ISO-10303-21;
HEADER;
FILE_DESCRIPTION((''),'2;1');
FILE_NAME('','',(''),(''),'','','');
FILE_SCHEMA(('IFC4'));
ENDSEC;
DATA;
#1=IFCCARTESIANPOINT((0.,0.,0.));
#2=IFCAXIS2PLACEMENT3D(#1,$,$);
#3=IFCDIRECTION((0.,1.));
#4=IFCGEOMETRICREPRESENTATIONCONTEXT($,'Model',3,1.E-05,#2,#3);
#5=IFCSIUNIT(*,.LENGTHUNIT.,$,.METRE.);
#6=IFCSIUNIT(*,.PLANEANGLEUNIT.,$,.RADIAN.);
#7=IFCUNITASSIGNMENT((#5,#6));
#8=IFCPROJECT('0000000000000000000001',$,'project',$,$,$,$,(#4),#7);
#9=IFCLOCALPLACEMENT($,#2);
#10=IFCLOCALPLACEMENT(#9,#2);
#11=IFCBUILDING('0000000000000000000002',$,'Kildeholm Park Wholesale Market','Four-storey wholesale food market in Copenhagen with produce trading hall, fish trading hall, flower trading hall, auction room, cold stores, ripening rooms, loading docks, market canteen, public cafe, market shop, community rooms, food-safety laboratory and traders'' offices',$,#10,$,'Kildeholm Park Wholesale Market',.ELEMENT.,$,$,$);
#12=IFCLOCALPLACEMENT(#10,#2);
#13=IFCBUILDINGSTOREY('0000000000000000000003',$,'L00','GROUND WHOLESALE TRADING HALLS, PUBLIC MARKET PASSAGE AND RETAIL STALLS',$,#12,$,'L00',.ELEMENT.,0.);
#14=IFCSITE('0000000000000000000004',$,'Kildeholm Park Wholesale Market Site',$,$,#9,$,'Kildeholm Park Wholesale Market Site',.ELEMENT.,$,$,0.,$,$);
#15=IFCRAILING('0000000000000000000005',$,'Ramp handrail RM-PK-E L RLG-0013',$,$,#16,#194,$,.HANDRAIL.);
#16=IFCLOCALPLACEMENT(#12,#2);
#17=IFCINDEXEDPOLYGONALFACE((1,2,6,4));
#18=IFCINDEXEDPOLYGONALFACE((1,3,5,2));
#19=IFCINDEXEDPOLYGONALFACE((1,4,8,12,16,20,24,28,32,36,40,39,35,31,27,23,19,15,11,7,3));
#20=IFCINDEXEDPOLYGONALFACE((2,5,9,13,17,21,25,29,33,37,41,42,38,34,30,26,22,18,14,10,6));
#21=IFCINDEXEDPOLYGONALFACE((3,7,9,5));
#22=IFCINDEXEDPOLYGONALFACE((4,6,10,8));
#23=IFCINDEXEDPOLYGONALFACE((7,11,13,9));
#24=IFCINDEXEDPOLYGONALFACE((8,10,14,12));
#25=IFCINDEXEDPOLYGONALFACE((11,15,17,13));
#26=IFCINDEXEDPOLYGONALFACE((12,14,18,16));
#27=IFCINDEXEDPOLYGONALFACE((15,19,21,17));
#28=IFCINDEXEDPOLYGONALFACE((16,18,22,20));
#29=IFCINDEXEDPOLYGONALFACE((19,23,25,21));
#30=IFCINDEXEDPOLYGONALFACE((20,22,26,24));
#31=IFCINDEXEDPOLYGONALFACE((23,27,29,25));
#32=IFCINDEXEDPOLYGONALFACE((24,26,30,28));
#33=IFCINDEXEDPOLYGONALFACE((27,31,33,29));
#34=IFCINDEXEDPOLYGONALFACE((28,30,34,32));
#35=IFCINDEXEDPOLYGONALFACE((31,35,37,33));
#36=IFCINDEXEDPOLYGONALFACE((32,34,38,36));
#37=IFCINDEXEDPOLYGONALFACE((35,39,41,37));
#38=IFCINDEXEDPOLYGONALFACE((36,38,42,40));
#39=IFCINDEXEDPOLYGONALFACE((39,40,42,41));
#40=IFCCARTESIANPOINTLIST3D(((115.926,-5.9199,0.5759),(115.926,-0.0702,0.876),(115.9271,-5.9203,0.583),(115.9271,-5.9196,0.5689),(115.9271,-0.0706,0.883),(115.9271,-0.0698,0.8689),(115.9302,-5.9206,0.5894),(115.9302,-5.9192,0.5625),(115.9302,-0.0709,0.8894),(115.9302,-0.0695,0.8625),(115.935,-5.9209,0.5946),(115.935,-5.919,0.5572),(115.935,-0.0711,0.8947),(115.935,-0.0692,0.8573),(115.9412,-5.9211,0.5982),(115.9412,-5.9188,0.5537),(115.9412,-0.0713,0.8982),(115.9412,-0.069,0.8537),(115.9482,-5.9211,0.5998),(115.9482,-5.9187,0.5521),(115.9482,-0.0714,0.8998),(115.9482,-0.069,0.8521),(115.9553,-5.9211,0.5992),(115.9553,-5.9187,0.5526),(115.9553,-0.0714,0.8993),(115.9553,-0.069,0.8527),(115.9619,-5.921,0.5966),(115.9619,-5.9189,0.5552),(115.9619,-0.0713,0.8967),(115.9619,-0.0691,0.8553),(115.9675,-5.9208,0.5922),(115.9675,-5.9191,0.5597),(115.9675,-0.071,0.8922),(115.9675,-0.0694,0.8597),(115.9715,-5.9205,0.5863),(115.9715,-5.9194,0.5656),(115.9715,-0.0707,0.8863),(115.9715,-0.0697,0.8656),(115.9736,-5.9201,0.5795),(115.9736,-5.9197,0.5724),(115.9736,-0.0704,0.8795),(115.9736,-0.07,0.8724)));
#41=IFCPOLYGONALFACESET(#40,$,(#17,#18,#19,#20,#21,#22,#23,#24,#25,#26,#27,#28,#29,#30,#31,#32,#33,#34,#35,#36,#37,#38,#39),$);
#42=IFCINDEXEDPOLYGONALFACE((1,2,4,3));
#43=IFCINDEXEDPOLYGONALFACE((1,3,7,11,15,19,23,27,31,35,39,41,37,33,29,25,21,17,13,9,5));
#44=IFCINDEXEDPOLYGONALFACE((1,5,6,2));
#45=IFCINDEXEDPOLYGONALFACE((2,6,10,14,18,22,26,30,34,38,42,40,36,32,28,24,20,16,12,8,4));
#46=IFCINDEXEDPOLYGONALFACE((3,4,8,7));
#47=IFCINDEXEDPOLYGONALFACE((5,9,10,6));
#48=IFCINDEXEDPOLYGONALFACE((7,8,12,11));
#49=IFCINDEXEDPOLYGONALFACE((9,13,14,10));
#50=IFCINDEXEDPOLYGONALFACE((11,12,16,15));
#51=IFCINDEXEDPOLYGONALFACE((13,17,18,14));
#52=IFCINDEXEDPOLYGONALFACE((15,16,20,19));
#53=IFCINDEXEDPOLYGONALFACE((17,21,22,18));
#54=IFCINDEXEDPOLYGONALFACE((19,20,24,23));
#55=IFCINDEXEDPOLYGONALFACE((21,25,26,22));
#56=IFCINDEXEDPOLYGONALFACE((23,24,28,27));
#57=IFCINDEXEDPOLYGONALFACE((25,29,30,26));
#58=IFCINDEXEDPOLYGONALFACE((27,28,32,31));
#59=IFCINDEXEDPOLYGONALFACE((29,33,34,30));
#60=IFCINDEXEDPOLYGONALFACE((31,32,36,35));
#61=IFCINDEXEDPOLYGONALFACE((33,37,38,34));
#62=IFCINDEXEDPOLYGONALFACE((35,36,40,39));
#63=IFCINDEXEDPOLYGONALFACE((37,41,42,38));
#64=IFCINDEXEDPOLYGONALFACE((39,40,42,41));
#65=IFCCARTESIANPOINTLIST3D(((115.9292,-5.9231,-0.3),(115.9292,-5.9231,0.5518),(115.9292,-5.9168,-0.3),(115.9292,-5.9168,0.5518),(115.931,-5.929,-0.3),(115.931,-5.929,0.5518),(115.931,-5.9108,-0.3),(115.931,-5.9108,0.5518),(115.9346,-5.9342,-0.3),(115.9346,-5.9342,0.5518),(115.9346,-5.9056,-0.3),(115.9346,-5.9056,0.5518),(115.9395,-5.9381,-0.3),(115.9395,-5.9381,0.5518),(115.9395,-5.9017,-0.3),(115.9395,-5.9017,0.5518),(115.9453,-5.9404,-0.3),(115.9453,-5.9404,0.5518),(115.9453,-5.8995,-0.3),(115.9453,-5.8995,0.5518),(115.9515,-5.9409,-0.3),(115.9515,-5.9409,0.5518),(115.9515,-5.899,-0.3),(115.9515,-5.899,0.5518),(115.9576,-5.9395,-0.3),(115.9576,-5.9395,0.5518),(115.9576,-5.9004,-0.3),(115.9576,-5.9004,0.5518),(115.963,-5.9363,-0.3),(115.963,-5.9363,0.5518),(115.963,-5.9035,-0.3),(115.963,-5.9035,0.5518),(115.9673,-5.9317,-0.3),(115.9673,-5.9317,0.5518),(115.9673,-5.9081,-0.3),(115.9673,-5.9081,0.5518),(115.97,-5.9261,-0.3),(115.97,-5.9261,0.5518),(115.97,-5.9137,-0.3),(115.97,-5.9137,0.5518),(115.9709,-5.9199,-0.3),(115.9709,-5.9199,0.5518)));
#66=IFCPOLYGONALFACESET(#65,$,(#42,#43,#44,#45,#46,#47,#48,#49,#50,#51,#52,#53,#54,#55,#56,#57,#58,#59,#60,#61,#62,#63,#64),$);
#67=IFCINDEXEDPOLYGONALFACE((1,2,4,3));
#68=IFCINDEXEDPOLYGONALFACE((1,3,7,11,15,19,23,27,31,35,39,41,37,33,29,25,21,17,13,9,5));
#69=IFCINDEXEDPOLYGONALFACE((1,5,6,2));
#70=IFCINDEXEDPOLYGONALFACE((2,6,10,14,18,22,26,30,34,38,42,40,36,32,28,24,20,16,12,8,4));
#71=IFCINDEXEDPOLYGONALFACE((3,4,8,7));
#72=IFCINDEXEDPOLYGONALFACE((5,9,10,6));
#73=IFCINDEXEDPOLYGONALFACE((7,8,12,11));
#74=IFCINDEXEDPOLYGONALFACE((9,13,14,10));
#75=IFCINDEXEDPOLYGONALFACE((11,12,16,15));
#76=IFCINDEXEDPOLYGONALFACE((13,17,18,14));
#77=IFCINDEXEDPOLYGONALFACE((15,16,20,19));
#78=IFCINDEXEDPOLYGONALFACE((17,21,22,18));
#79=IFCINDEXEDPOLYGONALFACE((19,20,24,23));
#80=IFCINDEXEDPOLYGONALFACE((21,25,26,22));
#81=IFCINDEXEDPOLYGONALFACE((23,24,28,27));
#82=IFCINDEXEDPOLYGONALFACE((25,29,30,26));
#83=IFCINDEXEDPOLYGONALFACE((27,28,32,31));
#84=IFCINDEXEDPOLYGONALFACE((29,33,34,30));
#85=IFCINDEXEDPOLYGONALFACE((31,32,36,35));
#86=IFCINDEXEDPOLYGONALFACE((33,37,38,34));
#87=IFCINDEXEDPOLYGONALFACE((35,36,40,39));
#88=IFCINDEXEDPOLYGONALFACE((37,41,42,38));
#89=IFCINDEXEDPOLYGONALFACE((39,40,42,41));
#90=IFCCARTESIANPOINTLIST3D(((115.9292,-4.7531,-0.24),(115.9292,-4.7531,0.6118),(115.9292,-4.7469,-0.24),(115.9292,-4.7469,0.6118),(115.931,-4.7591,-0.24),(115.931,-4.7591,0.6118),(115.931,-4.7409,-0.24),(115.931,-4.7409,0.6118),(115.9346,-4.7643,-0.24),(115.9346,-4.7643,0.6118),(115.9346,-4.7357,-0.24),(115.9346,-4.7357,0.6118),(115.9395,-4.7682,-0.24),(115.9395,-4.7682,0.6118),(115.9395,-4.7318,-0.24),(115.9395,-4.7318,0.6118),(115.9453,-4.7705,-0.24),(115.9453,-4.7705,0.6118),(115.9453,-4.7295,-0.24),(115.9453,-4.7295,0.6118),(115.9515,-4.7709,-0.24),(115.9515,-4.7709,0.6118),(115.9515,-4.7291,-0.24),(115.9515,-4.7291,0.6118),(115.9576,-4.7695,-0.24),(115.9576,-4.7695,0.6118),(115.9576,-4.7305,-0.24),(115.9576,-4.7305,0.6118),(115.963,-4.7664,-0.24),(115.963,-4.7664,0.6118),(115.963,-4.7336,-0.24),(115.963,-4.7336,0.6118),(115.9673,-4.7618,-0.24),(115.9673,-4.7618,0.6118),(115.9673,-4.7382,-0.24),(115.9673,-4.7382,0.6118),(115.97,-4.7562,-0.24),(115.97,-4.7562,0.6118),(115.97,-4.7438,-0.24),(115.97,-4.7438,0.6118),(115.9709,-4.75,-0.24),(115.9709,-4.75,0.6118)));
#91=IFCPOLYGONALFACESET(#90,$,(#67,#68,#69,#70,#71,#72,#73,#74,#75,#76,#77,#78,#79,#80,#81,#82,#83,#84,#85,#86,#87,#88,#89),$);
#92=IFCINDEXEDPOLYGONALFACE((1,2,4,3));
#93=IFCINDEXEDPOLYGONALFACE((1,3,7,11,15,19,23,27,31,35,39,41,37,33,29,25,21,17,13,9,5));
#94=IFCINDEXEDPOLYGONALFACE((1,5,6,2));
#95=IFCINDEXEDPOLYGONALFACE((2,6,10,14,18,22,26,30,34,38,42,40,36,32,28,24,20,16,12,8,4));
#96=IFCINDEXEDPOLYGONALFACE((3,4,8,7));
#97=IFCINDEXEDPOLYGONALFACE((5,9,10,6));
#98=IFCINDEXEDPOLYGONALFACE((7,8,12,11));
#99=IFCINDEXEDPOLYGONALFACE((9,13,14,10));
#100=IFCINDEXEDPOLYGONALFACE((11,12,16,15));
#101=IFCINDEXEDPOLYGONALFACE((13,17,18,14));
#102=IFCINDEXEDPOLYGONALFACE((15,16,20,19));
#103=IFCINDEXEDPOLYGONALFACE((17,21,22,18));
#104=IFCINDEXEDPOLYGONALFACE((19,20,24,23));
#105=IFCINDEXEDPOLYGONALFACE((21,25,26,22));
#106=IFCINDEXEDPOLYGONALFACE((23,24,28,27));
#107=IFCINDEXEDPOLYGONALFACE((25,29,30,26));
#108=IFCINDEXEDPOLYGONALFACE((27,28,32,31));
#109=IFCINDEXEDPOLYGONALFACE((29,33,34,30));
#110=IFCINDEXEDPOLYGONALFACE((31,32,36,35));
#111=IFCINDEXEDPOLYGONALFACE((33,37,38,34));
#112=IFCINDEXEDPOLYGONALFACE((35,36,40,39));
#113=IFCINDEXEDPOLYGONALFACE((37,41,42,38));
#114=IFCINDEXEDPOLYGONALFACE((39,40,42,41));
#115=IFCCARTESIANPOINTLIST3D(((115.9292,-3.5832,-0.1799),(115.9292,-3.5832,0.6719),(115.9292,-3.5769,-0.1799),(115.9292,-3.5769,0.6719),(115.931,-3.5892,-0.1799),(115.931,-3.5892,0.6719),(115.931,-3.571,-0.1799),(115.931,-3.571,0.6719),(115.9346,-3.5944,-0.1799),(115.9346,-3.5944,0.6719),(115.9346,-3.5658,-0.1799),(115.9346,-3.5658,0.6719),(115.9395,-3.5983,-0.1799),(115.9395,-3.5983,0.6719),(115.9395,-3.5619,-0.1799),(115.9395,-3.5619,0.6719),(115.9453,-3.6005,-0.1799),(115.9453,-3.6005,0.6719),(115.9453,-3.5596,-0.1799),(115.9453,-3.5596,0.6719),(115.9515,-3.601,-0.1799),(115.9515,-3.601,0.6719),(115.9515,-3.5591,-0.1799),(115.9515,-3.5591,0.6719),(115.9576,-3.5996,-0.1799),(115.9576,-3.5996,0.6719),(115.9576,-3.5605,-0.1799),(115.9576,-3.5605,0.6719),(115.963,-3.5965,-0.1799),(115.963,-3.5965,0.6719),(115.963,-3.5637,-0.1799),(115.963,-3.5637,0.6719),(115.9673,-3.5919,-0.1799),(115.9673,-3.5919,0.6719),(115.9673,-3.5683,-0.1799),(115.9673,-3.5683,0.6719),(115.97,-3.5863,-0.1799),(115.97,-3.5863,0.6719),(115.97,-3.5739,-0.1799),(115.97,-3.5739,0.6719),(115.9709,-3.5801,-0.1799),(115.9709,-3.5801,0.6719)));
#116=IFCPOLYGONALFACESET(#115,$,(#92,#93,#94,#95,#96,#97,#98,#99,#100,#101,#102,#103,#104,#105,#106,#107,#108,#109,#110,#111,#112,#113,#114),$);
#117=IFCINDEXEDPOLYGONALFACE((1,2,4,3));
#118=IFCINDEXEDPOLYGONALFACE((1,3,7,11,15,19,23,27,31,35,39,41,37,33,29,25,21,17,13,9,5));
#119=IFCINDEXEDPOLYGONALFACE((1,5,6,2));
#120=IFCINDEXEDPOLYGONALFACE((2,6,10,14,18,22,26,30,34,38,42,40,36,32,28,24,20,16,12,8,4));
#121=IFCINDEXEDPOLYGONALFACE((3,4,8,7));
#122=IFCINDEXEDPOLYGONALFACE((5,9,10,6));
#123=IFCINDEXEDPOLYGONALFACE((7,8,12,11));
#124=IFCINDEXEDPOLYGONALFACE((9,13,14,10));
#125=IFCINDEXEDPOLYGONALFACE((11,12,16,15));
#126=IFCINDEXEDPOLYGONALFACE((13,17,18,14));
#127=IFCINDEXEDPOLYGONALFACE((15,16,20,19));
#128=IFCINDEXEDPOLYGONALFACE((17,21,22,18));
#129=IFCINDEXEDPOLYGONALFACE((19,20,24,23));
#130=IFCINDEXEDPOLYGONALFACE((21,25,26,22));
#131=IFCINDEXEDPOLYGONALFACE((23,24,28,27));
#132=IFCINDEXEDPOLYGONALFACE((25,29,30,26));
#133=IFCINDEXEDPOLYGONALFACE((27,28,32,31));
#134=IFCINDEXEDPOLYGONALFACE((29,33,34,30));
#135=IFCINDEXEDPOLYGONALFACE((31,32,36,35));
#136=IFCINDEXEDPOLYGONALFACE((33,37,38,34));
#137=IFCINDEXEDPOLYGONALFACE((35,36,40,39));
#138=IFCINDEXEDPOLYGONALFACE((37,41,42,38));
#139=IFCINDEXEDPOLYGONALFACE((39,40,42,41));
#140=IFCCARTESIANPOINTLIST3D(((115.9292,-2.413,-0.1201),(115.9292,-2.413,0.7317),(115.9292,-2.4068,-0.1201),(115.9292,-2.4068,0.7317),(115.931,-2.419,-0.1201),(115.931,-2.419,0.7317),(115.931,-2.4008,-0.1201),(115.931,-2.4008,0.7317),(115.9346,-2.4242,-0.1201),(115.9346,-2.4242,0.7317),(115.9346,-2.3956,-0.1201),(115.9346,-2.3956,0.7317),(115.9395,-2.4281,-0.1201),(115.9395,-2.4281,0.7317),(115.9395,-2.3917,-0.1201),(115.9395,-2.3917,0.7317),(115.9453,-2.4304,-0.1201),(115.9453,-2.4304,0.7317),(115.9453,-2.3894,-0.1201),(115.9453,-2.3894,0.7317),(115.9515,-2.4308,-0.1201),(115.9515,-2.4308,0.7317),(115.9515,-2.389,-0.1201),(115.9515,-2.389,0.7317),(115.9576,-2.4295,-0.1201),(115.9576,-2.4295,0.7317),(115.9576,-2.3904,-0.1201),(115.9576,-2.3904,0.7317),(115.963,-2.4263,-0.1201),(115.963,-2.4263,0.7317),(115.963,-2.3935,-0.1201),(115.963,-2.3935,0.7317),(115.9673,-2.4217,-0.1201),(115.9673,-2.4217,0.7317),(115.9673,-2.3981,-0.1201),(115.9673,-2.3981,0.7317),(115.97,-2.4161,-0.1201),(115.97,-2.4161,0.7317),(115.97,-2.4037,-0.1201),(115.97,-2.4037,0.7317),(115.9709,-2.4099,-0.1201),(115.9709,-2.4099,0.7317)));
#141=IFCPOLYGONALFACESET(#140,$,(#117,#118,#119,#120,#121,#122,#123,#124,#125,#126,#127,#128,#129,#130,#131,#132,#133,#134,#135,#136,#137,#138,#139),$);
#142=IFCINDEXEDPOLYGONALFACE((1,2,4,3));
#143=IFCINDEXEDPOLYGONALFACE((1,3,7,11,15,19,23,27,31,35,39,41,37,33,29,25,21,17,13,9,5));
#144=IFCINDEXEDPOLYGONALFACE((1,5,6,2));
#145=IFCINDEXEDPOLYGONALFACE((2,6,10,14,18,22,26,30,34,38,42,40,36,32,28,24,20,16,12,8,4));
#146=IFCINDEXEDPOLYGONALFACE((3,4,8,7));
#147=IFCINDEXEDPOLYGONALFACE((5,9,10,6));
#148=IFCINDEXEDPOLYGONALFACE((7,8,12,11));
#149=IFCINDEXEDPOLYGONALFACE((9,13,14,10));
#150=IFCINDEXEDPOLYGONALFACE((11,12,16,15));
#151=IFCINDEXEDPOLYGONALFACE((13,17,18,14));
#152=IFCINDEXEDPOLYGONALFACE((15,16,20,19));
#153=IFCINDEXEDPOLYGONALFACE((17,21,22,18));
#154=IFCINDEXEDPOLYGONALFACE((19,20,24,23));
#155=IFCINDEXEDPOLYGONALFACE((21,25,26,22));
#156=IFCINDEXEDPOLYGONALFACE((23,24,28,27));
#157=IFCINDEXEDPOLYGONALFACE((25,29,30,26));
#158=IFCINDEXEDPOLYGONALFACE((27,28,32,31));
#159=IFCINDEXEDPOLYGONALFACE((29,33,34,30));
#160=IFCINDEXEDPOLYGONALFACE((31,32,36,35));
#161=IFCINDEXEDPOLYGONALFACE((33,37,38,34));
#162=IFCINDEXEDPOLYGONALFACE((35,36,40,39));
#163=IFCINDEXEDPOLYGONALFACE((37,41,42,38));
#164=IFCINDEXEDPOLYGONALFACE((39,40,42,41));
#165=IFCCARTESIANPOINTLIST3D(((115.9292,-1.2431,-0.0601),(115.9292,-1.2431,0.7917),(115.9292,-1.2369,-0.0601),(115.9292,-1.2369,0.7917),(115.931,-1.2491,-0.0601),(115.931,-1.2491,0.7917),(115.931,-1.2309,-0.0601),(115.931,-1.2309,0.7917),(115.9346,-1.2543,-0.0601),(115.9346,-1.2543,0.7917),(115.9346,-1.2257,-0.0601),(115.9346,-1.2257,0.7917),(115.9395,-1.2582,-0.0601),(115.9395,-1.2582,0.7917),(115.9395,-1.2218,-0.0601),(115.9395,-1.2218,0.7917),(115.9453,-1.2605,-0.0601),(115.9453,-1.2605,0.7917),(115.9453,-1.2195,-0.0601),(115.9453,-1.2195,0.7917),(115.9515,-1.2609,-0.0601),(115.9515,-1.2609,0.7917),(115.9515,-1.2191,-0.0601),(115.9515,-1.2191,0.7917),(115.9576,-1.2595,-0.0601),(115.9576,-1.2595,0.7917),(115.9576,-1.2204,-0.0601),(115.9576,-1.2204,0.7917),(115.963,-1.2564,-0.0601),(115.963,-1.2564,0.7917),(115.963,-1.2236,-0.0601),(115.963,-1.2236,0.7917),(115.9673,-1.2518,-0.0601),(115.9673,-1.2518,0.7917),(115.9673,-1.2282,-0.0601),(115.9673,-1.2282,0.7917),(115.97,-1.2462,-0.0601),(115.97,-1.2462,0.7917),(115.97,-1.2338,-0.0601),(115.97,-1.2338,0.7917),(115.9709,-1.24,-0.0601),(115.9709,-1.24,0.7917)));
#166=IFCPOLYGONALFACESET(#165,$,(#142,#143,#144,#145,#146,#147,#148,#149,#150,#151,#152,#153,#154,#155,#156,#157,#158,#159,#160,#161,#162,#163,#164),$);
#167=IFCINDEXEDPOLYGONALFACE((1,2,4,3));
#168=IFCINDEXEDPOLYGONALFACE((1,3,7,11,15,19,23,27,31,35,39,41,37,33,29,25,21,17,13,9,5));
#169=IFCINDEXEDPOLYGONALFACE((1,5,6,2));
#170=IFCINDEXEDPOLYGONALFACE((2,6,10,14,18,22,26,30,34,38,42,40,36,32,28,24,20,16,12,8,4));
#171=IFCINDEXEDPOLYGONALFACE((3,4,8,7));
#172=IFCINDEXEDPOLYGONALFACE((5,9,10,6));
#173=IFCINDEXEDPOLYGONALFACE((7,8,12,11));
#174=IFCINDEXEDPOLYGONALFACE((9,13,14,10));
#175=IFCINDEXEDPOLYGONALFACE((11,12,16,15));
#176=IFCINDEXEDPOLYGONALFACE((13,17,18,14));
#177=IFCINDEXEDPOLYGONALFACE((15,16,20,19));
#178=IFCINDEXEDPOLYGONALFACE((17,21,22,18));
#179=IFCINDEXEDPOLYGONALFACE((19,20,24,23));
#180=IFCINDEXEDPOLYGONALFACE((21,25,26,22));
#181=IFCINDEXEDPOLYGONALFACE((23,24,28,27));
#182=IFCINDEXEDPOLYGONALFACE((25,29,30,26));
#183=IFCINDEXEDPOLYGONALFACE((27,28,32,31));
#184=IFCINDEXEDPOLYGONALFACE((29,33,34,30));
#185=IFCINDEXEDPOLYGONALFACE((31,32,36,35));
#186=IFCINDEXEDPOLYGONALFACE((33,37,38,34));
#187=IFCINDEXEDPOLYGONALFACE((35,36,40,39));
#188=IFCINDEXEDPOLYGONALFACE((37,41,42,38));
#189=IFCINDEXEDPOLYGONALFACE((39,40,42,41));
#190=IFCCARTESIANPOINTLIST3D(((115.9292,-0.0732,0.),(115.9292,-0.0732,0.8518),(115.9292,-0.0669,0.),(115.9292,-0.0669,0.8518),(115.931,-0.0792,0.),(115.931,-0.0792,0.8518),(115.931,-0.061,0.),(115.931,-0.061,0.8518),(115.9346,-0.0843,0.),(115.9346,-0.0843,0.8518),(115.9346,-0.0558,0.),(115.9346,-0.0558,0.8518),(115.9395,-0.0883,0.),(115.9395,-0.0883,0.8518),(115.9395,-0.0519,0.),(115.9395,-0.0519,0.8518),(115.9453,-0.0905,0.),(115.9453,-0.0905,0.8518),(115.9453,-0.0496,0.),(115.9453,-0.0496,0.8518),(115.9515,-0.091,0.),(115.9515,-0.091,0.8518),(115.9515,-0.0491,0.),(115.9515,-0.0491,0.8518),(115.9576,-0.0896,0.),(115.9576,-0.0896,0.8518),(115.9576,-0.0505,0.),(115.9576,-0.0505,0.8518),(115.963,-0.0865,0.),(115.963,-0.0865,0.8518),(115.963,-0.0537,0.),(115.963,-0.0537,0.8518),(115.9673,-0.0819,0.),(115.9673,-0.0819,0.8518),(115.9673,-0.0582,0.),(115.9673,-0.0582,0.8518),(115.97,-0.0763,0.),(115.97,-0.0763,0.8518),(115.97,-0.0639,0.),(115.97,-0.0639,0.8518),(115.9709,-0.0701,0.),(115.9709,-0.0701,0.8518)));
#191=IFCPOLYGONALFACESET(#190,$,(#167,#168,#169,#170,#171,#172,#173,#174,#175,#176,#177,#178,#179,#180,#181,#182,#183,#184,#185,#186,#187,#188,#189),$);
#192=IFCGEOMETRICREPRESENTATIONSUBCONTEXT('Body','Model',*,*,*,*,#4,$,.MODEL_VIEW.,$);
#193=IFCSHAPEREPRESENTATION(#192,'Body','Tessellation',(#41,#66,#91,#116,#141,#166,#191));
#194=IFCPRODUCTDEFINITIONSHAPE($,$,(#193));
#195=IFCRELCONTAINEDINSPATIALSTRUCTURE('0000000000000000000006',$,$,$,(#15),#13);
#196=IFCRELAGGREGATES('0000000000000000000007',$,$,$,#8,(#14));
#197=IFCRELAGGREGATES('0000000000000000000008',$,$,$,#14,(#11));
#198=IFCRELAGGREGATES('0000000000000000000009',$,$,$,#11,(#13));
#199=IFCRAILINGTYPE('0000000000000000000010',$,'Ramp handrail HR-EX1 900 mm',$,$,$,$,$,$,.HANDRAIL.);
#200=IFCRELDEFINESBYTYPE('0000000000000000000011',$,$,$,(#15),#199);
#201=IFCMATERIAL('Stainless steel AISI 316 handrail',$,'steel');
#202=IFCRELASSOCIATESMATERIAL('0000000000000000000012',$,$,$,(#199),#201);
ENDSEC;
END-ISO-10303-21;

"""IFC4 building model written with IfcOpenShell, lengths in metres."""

from ifc_helpers import new_model, si_unit, direction, frame, origin, origin_2d, place, context, subcontext, project, spatial, circle, extrude, material, type_object, element, save


model = new_model("IFC4")

# Units and contexts
model_context = context("Model", 3, precision=1e-05, world=origin(), true_north=direction((0.0, 1.0)))
body_context = subcontext(model_context, "Body", "Model", "MODEL_VIEW")
ifc_project = project(units=[si_unit("LENGTHUNIT", "METRE"), si_unit("PLANEANGLEUNIT", "RADIAN")], contexts=[model_context])

# Site, building, storey
site_placement = place(None, origin())
site = spatial("IfcSite", under=ifc_project, at=site_placement, Name="Kildeholm Park Wholesale Market Site", LongName="Kildeholm Park Wholesale Market Site", CompositionType="ELEMENT", RefElevation=0.0)
building_placement = place(site_placement, origin())
building = spatial("IfcBuilding", under=site, at=building_placement, Name="Kildeholm Park Wholesale Market", Description="Four-storey wholesale food market in Copenhagen with produce trading hall, fish trading hall, flower trading hall, auction room, cold stores, ripening rooms, loading docks, market canteen, public cafe, market shop, community rooms, food-safety laboratory and traders' offices", LongName="Kildeholm Park Wholesale Market", CompositionType="ELEMENT")
storey_placement = place(building_placement, origin())
storey = spatial("IfcBuildingStorey", under=building, at=storey_placement, Name="L00", Description="GROUND WHOLESALE TRADING HALLS, PUBLIC MARKET PASSAGE AND RETAIL STALLS", LongName="L00", CompositionType="ELEMENT", Elevation=0.0)

# Railing
ifc_material_1 = material(Name="Stainless steel AISI 316 handrail", Category="steel")
railing_type = type_object("IfcRailingType", Name="Ramp handrail HR-EX1 900 mm", PredefinedType="HANDRAIL", material=ifc_material_1)
for number, where, name in (
    (1, (115.95, -5.9199, -0.3), "Ramp handrail RM-PK-E L RLG-0013"),
):
    element("IfcRailing", number, at=place(storey_placement, frame(where)), inside=storey, type_object=railing_type, Name=name, PredefinedType="HANDRAIL", context=body_context, shape_type="SweptSolid", body=[
        extrude(circle(Radius=0.0239, at=origin_2d()), frame((0.0, 0.0, 0.876), z_axis=(0.0, 0.998687, 0.051224), x_axis=(-1.0, 0.0, 0.0)), (0.0, 0.0, 1.0), 5.8574),
        extrude(circle(Radius=0.021, at=origin_2d()), origin(), (0.0, 0.0, 1.0), 0.8518),
        extrude(circle(Radius=0.021, at=origin_2d()), frame((0.0, 1.1699, 0.0601)), (0.0, 0.0, 1.0), 0.8518),
        extrude(circle(Radius=0.021, at=origin_2d()), frame((0.0, 2.3398, 0.1201)), (0.0, 0.0, 1.0), 0.8518),
        extrude(circle(Radius=0.021, at=origin_2d()), frame((0.0, 3.51, 0.1799)), (0.0, 0.0, 1.0), 0.8518),
        extrude(circle(Radius=0.021, at=origin_2d()), frame((0.0, 4.6799, 0.24)), (0.0, 0.0, 1.0), 0.8518),
        extrude(circle(Radius=0.021, at=origin_2d()), frame((0.0, 5.8499, 0.3)), (0.0, 0.0, 1.0), 0.8518),
    ])

save(model, "model.ifc")
